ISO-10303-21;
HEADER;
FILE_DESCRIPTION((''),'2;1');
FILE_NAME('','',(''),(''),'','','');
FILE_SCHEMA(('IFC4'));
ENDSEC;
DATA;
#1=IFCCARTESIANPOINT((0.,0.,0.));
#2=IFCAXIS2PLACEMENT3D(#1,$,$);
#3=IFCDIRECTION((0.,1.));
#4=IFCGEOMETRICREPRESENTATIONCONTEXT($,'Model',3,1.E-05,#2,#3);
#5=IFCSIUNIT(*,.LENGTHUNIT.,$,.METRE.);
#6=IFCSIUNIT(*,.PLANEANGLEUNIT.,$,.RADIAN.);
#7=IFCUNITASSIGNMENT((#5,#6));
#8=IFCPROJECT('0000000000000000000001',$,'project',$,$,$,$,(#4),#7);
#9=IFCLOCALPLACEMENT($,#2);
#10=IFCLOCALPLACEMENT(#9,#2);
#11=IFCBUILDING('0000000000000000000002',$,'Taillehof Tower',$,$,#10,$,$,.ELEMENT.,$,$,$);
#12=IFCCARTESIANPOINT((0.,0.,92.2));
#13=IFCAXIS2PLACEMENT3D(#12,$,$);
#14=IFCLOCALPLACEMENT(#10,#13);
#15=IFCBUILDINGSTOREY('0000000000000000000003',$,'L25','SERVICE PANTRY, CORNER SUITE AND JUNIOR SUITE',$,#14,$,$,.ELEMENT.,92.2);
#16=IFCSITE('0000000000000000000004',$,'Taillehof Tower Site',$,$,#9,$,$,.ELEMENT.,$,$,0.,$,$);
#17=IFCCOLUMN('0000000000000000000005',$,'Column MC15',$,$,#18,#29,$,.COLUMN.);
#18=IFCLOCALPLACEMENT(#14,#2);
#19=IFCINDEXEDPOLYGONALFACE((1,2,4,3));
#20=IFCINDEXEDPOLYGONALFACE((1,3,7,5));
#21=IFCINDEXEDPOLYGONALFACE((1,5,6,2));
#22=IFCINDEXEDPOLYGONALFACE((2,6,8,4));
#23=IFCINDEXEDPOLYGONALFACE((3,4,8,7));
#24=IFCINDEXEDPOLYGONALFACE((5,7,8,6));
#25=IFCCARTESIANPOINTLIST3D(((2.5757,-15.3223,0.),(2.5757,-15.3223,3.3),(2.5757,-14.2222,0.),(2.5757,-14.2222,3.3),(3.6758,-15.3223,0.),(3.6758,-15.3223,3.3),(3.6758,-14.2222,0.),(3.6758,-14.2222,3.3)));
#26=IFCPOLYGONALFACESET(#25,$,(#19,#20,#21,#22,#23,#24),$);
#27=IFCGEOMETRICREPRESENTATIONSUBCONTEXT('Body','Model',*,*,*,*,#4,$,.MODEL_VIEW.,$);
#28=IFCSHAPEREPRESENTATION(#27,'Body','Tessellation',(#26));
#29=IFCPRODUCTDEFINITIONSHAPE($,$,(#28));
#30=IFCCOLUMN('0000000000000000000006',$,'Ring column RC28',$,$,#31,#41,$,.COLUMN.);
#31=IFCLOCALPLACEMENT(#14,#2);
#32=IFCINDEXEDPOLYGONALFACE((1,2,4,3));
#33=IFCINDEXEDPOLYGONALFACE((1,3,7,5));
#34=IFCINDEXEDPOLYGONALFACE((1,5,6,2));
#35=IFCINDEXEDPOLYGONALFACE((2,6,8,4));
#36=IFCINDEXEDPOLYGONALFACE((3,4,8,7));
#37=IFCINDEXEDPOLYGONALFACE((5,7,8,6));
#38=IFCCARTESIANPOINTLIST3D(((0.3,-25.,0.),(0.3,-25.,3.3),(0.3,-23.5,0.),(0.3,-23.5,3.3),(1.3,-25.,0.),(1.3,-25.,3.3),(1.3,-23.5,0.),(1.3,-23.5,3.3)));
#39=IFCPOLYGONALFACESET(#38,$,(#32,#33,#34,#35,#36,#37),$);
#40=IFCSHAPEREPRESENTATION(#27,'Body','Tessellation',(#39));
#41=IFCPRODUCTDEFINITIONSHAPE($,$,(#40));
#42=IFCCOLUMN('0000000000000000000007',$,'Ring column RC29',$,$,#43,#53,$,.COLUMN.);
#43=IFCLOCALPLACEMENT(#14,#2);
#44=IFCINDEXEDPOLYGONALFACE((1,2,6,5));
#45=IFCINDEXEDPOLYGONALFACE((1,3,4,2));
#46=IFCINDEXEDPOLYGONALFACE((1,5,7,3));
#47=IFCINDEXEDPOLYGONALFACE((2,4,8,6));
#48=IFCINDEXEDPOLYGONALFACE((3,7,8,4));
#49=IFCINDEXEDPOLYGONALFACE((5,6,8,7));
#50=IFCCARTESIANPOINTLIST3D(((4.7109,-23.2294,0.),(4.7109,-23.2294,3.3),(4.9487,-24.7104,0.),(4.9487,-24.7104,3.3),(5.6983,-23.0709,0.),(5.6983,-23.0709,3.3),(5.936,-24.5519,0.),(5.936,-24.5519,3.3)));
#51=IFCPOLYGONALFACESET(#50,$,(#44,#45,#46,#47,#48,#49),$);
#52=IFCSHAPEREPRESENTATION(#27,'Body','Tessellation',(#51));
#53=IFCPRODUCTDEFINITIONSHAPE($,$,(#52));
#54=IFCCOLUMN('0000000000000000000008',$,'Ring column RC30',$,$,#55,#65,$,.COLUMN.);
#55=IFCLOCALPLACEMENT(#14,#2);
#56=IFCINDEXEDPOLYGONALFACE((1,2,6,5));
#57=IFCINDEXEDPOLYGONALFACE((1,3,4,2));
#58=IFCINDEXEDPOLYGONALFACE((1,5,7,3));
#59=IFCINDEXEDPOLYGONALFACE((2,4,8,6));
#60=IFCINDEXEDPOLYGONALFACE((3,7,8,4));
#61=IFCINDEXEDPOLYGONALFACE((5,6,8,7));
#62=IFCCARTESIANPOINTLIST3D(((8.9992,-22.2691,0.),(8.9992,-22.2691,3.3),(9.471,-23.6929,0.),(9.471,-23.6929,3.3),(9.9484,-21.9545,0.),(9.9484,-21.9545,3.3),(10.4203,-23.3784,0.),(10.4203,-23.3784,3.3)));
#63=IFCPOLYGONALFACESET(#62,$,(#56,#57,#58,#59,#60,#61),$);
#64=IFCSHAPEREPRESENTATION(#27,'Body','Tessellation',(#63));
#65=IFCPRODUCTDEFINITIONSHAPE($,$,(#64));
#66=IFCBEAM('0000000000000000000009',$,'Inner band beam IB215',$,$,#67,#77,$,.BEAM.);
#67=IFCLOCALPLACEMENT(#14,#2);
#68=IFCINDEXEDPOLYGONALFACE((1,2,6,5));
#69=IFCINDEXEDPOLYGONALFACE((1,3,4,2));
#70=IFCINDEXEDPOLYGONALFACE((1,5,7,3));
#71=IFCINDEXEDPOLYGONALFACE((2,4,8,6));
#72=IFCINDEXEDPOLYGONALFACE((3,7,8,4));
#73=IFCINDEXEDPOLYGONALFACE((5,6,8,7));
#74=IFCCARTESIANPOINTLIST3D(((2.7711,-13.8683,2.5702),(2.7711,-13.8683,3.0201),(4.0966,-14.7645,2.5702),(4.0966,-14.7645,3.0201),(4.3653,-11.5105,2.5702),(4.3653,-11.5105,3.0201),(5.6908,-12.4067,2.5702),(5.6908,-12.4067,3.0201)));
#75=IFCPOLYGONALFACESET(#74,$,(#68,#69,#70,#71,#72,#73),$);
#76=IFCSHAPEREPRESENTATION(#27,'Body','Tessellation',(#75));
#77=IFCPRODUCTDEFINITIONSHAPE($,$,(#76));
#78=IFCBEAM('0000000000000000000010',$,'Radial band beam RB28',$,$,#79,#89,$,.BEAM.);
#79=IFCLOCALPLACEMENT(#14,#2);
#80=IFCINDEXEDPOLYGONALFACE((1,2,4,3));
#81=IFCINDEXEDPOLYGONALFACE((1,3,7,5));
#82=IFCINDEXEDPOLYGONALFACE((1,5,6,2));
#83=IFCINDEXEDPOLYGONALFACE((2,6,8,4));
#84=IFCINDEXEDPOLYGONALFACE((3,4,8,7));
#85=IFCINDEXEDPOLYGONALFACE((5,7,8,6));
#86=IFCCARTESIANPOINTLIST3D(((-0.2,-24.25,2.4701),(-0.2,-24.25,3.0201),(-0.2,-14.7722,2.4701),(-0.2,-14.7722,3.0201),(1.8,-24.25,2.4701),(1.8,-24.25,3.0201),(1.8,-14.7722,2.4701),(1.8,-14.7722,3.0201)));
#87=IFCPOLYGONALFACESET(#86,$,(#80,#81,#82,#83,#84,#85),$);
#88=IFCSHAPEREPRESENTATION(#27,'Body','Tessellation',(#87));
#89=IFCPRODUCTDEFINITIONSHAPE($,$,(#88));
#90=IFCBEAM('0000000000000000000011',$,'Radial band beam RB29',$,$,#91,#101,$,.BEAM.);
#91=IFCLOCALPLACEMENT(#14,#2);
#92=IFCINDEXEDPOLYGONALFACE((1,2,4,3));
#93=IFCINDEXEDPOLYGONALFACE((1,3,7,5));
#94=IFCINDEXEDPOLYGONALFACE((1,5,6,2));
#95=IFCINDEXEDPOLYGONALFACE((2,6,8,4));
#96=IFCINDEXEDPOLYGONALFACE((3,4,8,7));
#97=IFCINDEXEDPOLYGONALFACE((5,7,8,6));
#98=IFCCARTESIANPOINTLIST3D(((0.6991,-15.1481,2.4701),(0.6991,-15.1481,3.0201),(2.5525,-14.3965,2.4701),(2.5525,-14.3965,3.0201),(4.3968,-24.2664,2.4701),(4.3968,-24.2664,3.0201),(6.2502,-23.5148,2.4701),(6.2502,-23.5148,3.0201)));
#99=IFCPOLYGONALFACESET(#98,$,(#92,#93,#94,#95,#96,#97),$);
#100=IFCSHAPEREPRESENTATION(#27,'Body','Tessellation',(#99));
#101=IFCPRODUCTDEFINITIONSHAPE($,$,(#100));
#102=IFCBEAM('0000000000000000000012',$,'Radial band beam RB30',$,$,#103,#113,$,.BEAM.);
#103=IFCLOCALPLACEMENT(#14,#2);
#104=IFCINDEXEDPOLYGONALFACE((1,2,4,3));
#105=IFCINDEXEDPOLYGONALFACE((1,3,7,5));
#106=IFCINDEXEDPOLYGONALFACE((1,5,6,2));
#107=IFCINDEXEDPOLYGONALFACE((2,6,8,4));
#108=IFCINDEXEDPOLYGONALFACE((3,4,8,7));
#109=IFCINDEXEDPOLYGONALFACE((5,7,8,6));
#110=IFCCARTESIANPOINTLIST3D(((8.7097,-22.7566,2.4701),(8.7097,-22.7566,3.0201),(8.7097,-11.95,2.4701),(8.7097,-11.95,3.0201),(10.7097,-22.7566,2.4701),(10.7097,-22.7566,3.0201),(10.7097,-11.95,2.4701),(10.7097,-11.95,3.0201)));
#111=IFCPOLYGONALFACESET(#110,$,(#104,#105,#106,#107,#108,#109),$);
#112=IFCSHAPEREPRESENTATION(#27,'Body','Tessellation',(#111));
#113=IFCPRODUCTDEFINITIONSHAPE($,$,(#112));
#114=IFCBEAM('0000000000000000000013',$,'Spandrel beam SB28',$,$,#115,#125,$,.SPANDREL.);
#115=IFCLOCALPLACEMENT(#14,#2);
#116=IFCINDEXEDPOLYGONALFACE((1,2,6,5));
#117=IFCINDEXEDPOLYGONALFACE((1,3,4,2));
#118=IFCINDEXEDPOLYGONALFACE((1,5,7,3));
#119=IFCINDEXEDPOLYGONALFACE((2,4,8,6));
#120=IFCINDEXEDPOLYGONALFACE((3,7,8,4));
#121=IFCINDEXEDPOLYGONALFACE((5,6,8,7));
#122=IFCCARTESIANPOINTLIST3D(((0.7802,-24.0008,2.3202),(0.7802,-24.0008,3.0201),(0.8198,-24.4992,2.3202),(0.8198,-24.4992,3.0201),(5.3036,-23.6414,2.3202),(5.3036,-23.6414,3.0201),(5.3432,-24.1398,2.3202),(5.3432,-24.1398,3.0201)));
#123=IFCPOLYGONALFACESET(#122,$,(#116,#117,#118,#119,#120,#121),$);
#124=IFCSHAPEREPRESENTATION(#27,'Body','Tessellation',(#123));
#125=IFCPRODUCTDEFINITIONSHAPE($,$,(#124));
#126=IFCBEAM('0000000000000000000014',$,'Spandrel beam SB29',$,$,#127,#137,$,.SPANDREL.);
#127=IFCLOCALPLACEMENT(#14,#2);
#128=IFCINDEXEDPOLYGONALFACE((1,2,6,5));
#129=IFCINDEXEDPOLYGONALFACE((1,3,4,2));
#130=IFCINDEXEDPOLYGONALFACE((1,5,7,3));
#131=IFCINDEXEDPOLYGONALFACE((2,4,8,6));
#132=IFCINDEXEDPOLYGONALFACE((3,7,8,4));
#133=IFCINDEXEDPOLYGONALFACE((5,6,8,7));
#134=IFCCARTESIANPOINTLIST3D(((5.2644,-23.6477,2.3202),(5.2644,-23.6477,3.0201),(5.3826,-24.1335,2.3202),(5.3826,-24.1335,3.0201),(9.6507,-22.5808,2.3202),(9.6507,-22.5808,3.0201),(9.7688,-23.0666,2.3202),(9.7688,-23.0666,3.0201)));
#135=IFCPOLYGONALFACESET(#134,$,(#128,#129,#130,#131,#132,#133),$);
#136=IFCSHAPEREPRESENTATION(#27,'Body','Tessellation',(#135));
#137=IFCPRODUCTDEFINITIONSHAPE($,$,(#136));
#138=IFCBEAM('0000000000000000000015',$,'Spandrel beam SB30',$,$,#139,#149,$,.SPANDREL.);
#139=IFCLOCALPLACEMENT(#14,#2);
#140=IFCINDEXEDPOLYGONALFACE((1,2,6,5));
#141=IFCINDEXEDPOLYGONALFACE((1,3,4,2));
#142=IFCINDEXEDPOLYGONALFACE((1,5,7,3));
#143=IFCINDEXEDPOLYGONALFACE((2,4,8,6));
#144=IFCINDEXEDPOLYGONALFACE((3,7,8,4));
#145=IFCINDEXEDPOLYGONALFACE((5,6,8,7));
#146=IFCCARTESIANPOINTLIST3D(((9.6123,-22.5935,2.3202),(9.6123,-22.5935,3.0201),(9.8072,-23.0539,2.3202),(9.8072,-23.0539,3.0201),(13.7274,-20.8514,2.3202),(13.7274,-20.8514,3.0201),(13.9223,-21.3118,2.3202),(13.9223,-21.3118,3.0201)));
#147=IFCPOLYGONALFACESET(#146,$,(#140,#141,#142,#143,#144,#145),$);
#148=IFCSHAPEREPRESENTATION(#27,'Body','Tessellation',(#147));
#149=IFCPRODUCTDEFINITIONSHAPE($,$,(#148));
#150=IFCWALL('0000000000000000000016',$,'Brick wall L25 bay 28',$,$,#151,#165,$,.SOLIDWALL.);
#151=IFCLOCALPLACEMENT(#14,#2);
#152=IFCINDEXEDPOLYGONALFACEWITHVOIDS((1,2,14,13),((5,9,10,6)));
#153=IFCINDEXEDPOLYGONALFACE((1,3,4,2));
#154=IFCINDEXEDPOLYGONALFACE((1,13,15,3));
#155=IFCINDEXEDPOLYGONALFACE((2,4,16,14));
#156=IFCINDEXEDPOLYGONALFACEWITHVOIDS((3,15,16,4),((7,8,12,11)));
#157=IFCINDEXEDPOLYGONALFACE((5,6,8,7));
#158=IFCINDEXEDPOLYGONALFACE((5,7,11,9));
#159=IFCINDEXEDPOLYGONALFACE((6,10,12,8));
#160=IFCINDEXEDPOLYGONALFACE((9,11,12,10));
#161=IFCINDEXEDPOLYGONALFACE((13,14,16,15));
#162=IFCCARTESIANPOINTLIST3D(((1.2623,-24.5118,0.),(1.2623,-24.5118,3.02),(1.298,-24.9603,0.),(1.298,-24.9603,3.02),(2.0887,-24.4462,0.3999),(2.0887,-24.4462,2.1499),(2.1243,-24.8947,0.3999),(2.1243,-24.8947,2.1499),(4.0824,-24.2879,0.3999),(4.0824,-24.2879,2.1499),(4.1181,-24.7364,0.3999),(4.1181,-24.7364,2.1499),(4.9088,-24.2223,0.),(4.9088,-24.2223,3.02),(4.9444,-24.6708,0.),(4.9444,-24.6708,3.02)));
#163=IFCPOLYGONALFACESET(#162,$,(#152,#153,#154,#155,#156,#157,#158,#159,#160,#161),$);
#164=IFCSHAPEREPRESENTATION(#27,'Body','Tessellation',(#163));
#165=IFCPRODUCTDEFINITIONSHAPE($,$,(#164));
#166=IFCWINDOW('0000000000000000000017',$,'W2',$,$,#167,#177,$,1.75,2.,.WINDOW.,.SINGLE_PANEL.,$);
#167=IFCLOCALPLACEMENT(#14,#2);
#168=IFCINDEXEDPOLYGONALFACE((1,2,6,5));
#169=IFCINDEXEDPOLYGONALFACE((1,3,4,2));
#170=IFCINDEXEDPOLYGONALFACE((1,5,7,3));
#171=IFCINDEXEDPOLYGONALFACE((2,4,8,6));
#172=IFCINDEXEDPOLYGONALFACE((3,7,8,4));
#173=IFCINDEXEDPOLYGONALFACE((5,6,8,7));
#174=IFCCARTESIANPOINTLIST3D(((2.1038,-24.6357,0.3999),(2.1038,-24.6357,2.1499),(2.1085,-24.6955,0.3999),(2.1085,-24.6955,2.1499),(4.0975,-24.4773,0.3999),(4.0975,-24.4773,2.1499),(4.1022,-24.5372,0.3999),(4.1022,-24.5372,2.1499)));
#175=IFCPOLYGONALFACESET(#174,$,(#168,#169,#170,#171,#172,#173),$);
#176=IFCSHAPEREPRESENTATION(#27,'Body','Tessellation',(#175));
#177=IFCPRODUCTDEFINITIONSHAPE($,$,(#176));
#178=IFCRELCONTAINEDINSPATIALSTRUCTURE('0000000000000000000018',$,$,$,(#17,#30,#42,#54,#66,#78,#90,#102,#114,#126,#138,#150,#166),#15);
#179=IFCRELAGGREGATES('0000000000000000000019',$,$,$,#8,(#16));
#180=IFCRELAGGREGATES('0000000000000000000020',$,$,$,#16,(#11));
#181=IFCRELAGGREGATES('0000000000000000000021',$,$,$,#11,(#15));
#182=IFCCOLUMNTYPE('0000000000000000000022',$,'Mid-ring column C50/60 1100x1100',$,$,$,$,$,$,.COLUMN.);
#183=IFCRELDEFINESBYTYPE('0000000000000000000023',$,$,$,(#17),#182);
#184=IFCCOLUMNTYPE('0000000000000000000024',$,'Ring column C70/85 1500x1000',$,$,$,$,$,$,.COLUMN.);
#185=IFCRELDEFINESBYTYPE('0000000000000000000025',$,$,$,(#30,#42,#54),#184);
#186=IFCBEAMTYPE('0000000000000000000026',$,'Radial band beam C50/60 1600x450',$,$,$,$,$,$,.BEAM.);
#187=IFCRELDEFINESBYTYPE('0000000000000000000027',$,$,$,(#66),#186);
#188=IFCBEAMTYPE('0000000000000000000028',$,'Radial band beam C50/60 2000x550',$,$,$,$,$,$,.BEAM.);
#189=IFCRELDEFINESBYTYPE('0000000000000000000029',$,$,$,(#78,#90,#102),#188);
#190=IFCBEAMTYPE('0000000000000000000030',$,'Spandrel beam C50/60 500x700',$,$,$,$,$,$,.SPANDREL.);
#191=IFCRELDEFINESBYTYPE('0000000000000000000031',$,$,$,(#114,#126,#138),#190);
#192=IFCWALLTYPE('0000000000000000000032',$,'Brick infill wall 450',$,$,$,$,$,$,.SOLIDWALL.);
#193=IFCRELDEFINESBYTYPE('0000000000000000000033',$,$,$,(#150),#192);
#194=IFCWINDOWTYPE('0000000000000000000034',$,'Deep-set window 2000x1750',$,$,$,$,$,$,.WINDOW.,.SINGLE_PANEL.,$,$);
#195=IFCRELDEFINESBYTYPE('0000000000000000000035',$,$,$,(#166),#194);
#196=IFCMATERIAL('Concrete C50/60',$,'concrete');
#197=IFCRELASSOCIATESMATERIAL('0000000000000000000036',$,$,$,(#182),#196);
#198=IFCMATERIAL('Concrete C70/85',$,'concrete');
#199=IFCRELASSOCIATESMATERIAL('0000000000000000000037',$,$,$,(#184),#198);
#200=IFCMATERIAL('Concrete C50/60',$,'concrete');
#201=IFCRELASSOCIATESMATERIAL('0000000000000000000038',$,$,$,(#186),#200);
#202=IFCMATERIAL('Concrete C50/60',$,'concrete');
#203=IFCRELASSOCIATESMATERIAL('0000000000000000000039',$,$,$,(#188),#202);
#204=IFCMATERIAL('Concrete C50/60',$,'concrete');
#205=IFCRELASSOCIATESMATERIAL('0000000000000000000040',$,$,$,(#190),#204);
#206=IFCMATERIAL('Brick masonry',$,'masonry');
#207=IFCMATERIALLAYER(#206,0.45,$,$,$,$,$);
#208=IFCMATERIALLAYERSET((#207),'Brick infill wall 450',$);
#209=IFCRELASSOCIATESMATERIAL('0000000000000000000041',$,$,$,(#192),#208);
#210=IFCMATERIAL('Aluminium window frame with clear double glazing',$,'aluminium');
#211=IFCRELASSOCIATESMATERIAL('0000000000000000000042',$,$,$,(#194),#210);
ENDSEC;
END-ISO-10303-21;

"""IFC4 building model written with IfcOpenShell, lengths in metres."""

from ifc_helpers import new_model, si_unit, direction, frame, frame_2d, origin, origin_2d, place, context, subcontext, project, spatial, rectangle, extrude, material, layer, layer_set, material_profile, profile_set, type_object, element, fill, save


model = new_model("IFC4")

# Units and contexts
model_context = context("Model", 3, precision=1e-05, world=origin(), true_north=direction((0.0, 1.0)))
body_context = subcontext(model_context, "Body", "Model", "MODEL_VIEW")
ifc_project = project(units=[si_unit("LENGTHUNIT", "METRE"), si_unit("PLANEANGLEUNIT", "RADIAN")], contexts=[model_context])

# Site, building, storey
site_placement = place(None, origin())
site = spatial("IfcSite", under=ifc_project, at=site_placement, Name="Taillehof Tower Site", CompositionType="ELEMENT", RefElevation=0.0)
building_placement = place(site_placement, origin())
building = spatial("IfcBuilding", under=site, at=building_placement, Name="Taillehof Tower", CompositionType="ELEMENT")
storey_placement = place(building_placement, frame((0.0, 0.0, 92.2)))
storey = spatial("IfcBuildingStorey", under=building, at=storey_placement, Name="L25", Description="SERVICE PANTRY, CORNER SUITE AND JUNIOR SUITE", CompositionType="ELEMENT", Elevation=92.2)

# Columns
ifc_material_1 = material(Name="Concrete C50/60", Category="concrete")
ifc_material_profile_1 = material_profile(ifc_material_1, rectangle(XDim=1.1001, YDim=1.1001, at=origin_2d()), Name="RC 1100x1100")
ifc_profile_set_1 = profile_set([ifc_material_profile_1], Name="Concrete C50/60")
column_type_1 = type_object("IfcColumnType", Name="Mid-ring column C50/60 1100x1100", PredefinedType="COLUMN", material=ifc_profile_set_1)
column_placement = place(storey_placement, frame((3.1257, -14.7722, 0.0), z_axis=(0.0, 0.0, 1.0), x_axis=(1.0, 0.0, 0.0)))
element("IfcColumn", 1, at=column_placement, inside=storey, type_object=column_type_1, Name="Column MC15", PredefinedType="COLUMN", context=body_context, shape_type="SweptSolid", body=[
    extrude(rectangle(XDim=1.1001, YDim=1.1001, at=origin_2d()), origin(), (0.0, 0.0, 1.0), 3.3),
])
ifc_material_2 = material(Name="Concrete C70/85", Category="concrete")
ifc_material_profile_2 = material_profile(ifc_material_2, rectangle(XDim=1.5, YDim=1.0, at=origin_2d()), Name="RC 1500x1000")
ifc_profile_set_2 = profile_set([ifc_material_profile_2], Name="Concrete C70/85")
column_type_2 = type_object("IfcColumnType", Name="Ring column C70/85 1500x1000", PredefinedType="COLUMN", material=ifc_profile_set_2)
for number, where, z_axis, x_axis, name in (
    (2, (0.8, -24.25, 0.0), (0.0, 0.0, 1.0), (0.0, -1.0, 0.0), "Ring column RC28"),
    (3, (5.3235, -23.8906, 0.0), (0.0, 0.0, 1.0), (0.158507, -0.987358, 0.0), "Ring column RC29"),
    (4, (9.7097, -22.8237, 0.0), (0.0, 0.0, 1.0), (0.314555, -0.949239, 0.0), "Ring column RC30"),
):
    element("IfcColumn", number, at=place(storey_placement, frame(where, z_axis=z_axis, x_axis=x_axis)), inside=storey, type_object=column_type_2, Name=name, PredefinedType="COLUMN", context=body_context, shape_type="SweptSolid", body=[
        extrude(rectangle(XDim=1.5, YDim=1.0, at=origin_2d()), origin(), (0.0, 0.0, 1.0), 3.3),
    ])

# Beams
ifc_material_3 = material(Name="Concrete C50/60", Category="concrete")
ifc_material_profile_3 = material_profile(ifc_material_3, rectangle(XDim=1.6001, YDim=0.45, at=origin_2d()), Name="RC 1600x450")
ifc_profile_set_3 = profile_set([ifc_material_profile_3], Name="Concrete C50/60")
beam_type_1 = type_object("IfcBeamType", Name="Radial band beam C50/60 1600x450", PredefinedType="BEAM", material=ifc_profile_set_3)
beam_1_placement = place(storey_placement, frame((3.4338, -14.3164, 2.7952), z_axis=(0.560112, 0.828417, 0.0), x_axis=(-0.828417, 0.560112, 0.0)))
element("IfcBeam", 5, at=beam_1_placement, inside=storey, type_object=beam_type_1, Name="Inner band beam IB215", PredefinedType="BEAM", context=body_context, shape_type="SweptSolid", body=[
    extrude(rectangle(XDim=1.6001, YDim=0.45, at=origin_2d()), origin(), (0.0, 0.0, 1.0), 2.8462),
])
ifc_material_4 = material(Name="Concrete C50/60", Category="concrete")
ifc_material_profile_4 = material_profile(ifc_material_4, rectangle(XDim=2.0, YDim=0.55, at=origin_2d()), Name="RC 2000x550")
ifc_profile_set_4 = profile_set([ifc_material_profile_4], Name="Concrete C50/60")
beam_type_2 = type_object("IfcBeamType", Name="Radial band beam C50/60 2000x550", PredefinedType="BEAM", material=ifc_profile_set_4)
beam_2_placement = place(storey_placement, frame((0.8, -24.25, 2.7451), z_axis=(0.0, 1.0, 0.0), x_axis=(-1.0, 0.0, 0.0)))
element("IfcBeam", 6, at=beam_2_placement, inside=storey, type_object=beam_type_2, Name="Radial band beam RB28", PredefinedType="BEAM", context=body_context, shape_type="SweptSolid", body=[
    extrude(rectangle(XDim=2.0, YDim=0.55, at=origin_2d()), origin(), (0.0, 0.0, 1.0), 9.4778),
])
beam_3_placement = place(storey_placement, frame((5.3235, -23.8906, 2.7451), z_axis=(-0.375801, 0.9267, 0.0), x_axis=(-0.9267, -0.375801, 0.0)))
element("IfcBeam", 7, at=beam_3_placement, inside=storey, type_object=beam_type_2, Name="Radial band beam RB29", PredefinedType="BEAM", context=body_context, shape_type="SweptSolid", body=[
    extrude(rectangle(XDim=2.0, YDim=0.55, at=origin_2d()), origin(), (0.0, 0.0, 1.0), 9.8396),
])
beam_4_placement = place(storey_placement, frame((9.7097, -22.7566, 2.7451), z_axis=(0.0, 1.0, 0.0), x_axis=(-1.0, 0.0, 0.0)))
element("IfcBeam", 8, at=beam_4_placement, inside=storey, type_object=beam_type_2, Name="Radial band beam RB30", PredefinedType="BEAM", context=body_context, shape_type="SweptSolid", body=[
    extrude(rectangle(XDim=2.0, YDim=0.55, at=origin_2d()), origin(), (0.0, 0.0, 1.0), 10.8066),
])
ifc_material_5 = material(Name="Concrete C50/60", Category="concrete")
ifc_material_profile_5 = material_profile(ifc_material_5, rectangle(XDim=0.5, YDim=0.7, at=origin_2d()), Name="RC 500x700")
ifc_profile_set_5 = profile_set([ifc_material_profile_5], Name="Concrete C50/60")
beam_type_3 = type_object("IfcBeamType", Name="Spandrel beam C50/60 500x700", PredefinedType="SPANDREL", material=ifc_profile_set_5)
beam_5_placement = place(storey_placement, frame((0.8, -24.25, 2.6702), z_axis=(0.996859, 0.079198, 0.0), x_axis=(-0.079198, 0.996859, 0.0)))
element("IfcBeam", 9, at=beam_5_placement, inside=storey, type_object=beam_type_3, Name="Spandrel beam SB28", PredefinedType="SPANDREL", context=body_context, shape_type="SweptSolid", body=[
    extrude(rectangle(XDim=0.5, YDim=0.7, at=origin_2d()), origin(), (0.0, 0.0, 1.0), 4.5376),
])
beam_6_placement = place(storey_placement, frame((5.3235, -23.8906, 2.6702), z_axis=(0.971669, 0.236346, 0.0), x_axis=(-0.236346, 0.971669, 0.0)))
element("IfcBeam", 10, at=beam_6_placement, inside=storey, type_object=beam_type_3, Name="Spandrel beam SB29", PredefinedType="SPANDREL", context=body_context, shape_type="SweptSolid", body=[
    extrude(rectangle(XDim=0.5, YDim=0.7, at=origin_2d()), origin(), (0.0, 0.0, 1.0), 4.5142),
])
beam_7_placement = place(storey_placement, frame((9.7097, -22.8237, 2.6702), z_axis=(0.920877, 0.389854, 0.0), x_axis=(-0.389854, 0.920877, 0.0)))
element("IfcBeam", 11, at=beam_7_placement, inside=storey, type_object=beam_type_3, Name="Spandrel beam SB30", PredefinedType="SPANDREL", context=body_context, shape_type="SweptSolid", body=[
    extrude(rectangle(XDim=0.5, YDim=0.7, at=origin_2d()), origin(), (0.0, 0.0, 1.0), 4.4688),
])

# Wall, opening, window
ifc_material_6 = material(Name="Brick masonry", Category="masonry")
ifc_layer_1 = layer(ifc_material_6, 0.45)
ifc_layer_set_1 = layer_set([ifc_layer_1], Name="Brick infill wall 450")
wall_type_1 = type_object("IfcWallType", Name="Brick infill wall 450", PredefinedType="SOLIDWALL", material=ifc_layer_set_1)
wall_1_placement = place(storey_placement, frame((1.28, -24.7361, 0.0), z_axis=(0.0, 0.0, 1.0), x_axis=(0.996862, 0.079156, 0.0)))
wall_1 = element("IfcWall", 12, at=wall_1_placement, inside=storey, type_object=wall_type_1, Name="Brick wall L25 bay 28", PredefinedType="SOLIDWALL", context=body_context, shape_type="SweptSolid", body=[
    extrude(rectangle(XDim=3.658, YDim=0.45, at=frame_2d((1.8291, 0.0))), origin(), (0.0, 0.0, 1.0), 3.02),
])
opening_1_placement = place(wall_1_placement, frame((0.8291, 0.0, 0.3999)))
opening_1 = element("IfcOpeningElement", 13, at=opening_1_placement, cuts=wall_1, PredefinedType="OPENING", context=body_context, shape_type="SweptSolid", body=[
    extrude(rectangle(XDim=2.0, YDim=1.75, at=frame_2d((1.0, 0.875))), frame((0.0, 0.2349, 0.0), z_axis=(0.0, -1.0, 0.0), x_axis=(1.0, 0.0, 0.0)), (0.0, 0.0, 1.0), 0.47),
])
ifc_material_7 = material(Name="Aluminium window frame with clear double glazing", Category="aluminium")
window_type = type_object("IfcWindowType", Name="Deep-set window 2000x1750", PartitioningType="SINGLE_PANEL", PredefinedType="WINDOW", material=ifc_material_7)
window_1_placement = place(opening_1_placement, origin())
window_1 = element("IfcWindow", 14, at=window_1_placement, inside=storey, type_object=window_type, Name="W2", OverallHeight=1.75, OverallWidth=2.0, PartitioningType="SINGLE_PANEL", PredefinedType="WINDOW", context=body_context, shape_type="SweptSolid", body=[
    extrude(rectangle(XDim=2.0, YDim=1.75, at=frame_2d((1.0, 0.875))), frame((0.0, 0.0349, 0.0), z_axis=(0.0, -1.0, 0.0), x_axis=(1.0, 0.0, 0.0)), (0.0, 0.0, 1.0), 0.0601),
])
fill(opening_1, window_1)

save(model, "model.ifc")
